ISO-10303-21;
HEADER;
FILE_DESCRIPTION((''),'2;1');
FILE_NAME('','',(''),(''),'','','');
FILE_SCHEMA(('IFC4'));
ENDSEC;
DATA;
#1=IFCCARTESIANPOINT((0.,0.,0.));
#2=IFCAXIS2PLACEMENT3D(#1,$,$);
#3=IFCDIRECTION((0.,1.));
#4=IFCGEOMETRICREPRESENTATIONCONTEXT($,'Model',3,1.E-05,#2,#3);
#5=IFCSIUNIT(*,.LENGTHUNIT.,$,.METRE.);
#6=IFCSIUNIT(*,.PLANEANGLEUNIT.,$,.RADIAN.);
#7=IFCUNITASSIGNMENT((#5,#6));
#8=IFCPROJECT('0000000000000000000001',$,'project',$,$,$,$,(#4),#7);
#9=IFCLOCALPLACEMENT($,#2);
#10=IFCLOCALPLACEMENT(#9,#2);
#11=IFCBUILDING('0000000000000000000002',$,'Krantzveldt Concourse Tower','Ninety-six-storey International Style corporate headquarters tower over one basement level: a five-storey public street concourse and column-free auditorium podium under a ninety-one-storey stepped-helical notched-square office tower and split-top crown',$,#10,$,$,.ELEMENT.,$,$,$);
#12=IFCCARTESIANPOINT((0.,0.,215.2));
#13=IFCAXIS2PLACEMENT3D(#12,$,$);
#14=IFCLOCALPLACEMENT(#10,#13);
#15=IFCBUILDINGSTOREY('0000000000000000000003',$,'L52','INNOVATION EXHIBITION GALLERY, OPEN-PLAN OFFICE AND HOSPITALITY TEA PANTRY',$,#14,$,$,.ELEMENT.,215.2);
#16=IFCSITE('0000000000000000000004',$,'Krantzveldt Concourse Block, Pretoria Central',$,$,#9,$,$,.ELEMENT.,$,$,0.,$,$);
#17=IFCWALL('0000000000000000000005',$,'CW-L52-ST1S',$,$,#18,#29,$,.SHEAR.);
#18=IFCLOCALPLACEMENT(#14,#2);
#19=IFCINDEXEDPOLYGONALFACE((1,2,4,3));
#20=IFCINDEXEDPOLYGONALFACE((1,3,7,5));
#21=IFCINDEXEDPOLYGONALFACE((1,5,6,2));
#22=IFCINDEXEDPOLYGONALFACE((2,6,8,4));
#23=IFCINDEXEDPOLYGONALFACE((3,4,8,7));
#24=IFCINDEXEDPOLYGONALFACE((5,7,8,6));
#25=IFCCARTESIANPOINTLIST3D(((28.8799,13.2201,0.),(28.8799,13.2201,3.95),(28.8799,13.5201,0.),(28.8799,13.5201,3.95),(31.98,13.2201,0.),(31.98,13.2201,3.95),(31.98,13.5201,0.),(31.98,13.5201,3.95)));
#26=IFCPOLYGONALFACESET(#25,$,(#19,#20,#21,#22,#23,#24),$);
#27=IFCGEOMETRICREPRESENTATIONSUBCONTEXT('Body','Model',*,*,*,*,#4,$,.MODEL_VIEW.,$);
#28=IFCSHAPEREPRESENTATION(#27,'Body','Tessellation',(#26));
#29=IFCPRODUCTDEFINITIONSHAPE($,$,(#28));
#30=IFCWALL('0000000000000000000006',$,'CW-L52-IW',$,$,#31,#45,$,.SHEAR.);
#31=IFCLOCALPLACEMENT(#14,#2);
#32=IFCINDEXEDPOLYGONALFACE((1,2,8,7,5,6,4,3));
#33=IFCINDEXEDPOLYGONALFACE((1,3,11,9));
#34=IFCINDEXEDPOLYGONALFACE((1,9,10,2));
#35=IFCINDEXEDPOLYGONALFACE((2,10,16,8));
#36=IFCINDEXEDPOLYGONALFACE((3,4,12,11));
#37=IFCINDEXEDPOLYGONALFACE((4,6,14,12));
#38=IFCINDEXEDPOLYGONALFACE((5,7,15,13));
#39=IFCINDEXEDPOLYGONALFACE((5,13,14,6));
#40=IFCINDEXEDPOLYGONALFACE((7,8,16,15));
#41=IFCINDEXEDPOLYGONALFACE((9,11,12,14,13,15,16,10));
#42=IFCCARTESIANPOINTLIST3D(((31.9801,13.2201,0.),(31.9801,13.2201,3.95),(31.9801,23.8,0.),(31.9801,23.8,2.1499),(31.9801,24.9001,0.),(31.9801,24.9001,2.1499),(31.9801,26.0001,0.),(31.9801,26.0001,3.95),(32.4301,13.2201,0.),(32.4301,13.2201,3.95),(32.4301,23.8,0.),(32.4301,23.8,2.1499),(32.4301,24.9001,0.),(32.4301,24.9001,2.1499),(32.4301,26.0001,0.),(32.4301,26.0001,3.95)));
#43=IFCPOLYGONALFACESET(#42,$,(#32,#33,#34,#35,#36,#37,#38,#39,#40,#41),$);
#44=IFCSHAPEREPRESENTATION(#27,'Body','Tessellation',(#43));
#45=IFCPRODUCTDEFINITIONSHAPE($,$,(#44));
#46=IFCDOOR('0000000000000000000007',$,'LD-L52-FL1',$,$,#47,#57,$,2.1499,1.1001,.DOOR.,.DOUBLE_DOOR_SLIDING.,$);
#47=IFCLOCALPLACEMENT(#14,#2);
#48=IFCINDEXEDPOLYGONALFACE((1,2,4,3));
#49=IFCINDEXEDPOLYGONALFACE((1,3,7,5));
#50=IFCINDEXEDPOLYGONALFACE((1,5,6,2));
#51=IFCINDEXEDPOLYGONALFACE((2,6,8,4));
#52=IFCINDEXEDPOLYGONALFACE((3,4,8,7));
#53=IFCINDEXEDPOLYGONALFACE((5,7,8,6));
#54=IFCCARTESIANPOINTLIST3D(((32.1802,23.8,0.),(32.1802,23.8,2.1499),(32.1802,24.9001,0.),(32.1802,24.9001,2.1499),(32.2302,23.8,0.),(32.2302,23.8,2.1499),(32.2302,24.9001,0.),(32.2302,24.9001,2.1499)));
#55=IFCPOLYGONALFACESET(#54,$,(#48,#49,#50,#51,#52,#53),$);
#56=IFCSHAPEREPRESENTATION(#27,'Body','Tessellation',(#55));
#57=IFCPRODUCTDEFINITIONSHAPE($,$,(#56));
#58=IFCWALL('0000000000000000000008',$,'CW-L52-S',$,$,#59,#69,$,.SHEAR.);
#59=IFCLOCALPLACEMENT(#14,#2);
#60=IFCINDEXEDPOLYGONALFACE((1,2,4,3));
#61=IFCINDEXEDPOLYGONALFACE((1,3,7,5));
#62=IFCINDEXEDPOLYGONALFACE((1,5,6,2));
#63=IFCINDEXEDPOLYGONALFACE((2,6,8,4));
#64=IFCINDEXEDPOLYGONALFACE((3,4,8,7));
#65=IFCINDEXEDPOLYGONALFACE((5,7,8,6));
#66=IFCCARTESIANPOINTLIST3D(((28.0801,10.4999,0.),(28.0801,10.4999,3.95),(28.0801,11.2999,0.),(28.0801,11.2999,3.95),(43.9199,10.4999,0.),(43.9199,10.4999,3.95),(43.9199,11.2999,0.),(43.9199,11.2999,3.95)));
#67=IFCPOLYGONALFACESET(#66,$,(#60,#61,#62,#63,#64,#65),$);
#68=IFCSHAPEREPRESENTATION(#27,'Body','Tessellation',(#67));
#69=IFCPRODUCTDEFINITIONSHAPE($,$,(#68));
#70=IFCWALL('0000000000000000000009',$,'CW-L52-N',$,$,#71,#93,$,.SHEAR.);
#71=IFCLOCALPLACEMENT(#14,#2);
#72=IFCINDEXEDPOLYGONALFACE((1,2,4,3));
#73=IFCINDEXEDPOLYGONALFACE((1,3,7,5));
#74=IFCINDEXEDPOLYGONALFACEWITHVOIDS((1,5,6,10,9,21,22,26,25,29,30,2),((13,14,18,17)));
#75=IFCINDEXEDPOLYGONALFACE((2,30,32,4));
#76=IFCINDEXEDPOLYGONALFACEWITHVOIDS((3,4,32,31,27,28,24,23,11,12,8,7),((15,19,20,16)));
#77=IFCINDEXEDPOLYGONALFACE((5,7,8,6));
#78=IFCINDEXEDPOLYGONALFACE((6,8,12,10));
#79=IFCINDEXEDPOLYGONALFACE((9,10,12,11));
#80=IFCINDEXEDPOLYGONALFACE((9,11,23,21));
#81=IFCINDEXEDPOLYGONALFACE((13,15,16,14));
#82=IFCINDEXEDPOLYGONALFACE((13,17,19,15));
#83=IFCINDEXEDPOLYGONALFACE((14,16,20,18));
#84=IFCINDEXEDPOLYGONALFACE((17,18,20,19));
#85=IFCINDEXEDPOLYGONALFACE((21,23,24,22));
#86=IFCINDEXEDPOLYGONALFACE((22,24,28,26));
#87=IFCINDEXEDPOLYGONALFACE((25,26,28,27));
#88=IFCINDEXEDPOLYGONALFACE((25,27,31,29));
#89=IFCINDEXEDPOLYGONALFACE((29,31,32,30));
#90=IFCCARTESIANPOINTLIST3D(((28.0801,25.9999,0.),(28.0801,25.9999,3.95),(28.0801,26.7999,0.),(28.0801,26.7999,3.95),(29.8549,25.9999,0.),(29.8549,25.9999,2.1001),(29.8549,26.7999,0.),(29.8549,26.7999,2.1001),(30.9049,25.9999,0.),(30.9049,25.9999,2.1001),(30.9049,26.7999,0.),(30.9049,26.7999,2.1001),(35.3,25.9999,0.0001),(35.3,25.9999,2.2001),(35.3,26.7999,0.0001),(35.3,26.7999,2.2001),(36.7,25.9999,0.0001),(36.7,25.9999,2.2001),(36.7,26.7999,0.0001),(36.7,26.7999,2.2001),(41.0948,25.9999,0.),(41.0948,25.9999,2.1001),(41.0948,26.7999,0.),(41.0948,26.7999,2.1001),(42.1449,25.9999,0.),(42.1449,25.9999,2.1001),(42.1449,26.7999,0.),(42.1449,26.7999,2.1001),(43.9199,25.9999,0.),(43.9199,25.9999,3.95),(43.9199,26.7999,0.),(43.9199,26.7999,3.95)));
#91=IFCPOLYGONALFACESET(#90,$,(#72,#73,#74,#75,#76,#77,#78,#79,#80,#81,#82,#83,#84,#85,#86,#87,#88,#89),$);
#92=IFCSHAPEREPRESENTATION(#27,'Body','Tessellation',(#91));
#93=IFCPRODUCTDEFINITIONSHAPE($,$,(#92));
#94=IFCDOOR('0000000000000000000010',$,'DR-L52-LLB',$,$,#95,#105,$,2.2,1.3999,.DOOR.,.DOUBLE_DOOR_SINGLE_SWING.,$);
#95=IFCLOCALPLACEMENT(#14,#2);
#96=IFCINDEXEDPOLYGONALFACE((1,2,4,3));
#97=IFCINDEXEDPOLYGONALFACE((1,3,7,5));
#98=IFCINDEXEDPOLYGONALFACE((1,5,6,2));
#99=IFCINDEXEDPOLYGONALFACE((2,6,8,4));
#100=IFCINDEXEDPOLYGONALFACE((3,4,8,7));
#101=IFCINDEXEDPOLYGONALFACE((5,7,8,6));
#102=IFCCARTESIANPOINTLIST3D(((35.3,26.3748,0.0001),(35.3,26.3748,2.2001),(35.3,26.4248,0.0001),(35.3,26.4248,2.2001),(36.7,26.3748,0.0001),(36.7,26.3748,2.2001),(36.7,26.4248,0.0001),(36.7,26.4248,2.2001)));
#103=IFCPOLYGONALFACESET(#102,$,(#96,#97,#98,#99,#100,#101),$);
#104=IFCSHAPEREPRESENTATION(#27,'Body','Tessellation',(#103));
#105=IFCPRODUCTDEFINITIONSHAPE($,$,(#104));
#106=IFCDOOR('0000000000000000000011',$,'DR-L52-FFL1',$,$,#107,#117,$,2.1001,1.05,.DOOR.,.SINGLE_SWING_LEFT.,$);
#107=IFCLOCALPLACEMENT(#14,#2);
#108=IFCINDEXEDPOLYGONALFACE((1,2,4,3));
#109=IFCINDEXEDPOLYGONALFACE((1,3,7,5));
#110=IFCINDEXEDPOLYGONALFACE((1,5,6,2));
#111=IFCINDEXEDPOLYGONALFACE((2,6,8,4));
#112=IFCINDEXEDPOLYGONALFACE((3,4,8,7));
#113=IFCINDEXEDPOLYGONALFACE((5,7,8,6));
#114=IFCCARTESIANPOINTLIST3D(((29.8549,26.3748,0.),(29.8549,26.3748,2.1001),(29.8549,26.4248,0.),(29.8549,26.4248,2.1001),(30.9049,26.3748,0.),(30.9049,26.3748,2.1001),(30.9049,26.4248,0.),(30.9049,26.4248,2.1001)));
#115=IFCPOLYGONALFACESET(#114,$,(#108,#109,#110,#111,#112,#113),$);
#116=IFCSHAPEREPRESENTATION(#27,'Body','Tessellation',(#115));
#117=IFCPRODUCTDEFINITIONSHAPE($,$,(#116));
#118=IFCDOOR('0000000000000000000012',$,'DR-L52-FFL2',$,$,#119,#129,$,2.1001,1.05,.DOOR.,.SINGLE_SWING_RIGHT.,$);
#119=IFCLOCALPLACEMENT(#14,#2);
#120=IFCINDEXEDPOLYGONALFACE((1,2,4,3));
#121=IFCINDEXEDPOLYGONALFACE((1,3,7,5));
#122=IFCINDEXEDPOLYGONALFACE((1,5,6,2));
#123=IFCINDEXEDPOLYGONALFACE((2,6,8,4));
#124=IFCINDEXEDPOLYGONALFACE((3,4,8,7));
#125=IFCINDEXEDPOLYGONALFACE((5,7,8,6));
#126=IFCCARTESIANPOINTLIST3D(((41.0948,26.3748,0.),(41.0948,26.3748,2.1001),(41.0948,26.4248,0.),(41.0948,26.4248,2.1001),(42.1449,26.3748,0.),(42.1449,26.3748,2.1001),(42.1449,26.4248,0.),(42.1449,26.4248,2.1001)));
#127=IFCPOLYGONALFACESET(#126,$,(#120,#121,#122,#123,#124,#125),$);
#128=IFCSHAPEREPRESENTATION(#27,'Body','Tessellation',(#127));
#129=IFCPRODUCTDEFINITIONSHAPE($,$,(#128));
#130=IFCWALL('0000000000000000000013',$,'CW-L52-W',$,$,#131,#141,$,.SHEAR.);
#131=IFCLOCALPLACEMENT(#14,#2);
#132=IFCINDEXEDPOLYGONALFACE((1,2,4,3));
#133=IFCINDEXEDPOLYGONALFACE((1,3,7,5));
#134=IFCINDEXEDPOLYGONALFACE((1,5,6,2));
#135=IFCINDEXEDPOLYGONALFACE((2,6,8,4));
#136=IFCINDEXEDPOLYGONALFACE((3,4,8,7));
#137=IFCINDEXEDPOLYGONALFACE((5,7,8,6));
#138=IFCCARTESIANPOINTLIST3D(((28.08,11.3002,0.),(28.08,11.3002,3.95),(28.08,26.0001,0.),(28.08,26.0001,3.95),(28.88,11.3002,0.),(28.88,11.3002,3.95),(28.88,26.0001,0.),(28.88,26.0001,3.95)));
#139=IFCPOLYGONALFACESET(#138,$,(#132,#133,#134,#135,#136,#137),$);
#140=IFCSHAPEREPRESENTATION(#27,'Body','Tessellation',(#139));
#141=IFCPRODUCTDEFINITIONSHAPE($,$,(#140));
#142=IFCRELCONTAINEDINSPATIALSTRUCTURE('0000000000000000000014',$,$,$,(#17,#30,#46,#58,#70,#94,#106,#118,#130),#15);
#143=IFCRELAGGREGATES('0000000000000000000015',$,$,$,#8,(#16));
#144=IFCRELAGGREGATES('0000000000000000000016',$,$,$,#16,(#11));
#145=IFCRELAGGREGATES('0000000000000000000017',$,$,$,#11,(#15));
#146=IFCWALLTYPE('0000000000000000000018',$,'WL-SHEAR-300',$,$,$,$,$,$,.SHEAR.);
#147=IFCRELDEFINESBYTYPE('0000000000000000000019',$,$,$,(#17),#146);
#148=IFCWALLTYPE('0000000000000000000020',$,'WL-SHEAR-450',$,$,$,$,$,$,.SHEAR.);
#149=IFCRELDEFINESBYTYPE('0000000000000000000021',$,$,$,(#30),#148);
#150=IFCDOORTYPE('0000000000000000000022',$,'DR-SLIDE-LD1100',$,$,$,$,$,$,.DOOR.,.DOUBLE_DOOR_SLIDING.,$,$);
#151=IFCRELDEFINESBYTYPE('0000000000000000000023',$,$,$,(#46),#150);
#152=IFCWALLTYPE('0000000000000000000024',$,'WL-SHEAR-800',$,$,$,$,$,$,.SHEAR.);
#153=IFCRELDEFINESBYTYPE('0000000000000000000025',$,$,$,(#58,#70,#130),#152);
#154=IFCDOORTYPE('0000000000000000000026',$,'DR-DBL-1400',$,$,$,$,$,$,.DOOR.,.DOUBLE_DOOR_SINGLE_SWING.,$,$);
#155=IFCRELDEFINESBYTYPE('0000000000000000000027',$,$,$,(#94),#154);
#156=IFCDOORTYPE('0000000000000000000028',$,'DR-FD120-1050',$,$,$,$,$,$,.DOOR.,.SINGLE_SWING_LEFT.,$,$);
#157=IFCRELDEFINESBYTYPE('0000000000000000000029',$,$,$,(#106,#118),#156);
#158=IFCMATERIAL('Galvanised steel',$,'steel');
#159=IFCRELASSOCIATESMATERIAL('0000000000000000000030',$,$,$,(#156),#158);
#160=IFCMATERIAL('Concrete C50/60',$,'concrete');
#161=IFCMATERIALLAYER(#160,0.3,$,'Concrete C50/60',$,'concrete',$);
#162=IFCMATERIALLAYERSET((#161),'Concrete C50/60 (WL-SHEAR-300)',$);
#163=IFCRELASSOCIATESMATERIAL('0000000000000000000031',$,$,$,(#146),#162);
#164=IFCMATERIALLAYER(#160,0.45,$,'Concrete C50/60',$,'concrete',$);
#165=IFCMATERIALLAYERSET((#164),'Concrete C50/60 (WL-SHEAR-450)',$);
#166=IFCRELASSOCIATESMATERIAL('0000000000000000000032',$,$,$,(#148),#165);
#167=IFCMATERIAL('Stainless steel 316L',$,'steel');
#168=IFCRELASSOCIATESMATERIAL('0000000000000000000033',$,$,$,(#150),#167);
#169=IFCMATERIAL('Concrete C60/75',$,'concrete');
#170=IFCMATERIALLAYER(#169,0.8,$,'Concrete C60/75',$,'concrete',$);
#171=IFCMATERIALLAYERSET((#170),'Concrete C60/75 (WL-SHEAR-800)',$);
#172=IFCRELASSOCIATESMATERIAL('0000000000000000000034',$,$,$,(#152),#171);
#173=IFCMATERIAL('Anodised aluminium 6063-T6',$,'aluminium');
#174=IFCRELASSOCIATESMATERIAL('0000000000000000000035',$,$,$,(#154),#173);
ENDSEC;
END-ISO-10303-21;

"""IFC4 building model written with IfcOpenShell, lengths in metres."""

from ifc_helpers import new_model, si_unit, direction, frame, frame_2d, origin, place, context, subcontext, project, spatial, rectangle, extrude, material, layer, layer_set, type_object, element, fill, save


model = new_model("IFC4")

# Units and contexts
model_context = context("Model", 3, precision=1e-05, world=origin(), true_north=direction((0.0, 1.0)))
body_context = subcontext(model_context, "Body", "Model", "MODEL_VIEW")
ifc_project = project(units=[si_unit("LENGTHUNIT", "METRE"), si_unit("PLANEANGLEUNIT", "RADIAN")], contexts=[model_context])

# Site, building, storey
site_placement = place(None, origin())
site = spatial("IfcSite", under=ifc_project, at=site_placement, Name="Krantzveldt Concourse Block, Pretoria Central", CompositionType="ELEMENT", RefElevation=0.0)
building_placement = place(site_placement, origin())
building = spatial("IfcBuilding", under=site, at=building_placement, Name="Krantzveldt Concourse Tower", Description="Ninety-six-storey International Style corporate headquarters tower over one basement level: a five-storey public street concourse and column-free auditorium podium under a ninety-one-storey stepped-helical notched-square office tower and split-top crown", CompositionType="ELEMENT")
storey_placement = place(building_placement, frame((0.0, 0.0, 215.2)))
storey = spatial("IfcBuildingStorey", under=building, at=storey_placement, Name="L52", Description="INNOVATION EXHIBITION GALLERY, OPEN-PLAN OFFICE AND HOSPITALITY TEA PANTRY", CompositionType="ELEMENT", Elevation=215.2)

# Shared definitions
ifc_material_1 = material(Name="Concrete C50/60", Category="concrete")

# Shared definitions
ifc_material_2 = material(Name="Anodised aluminium 6063-T6", Category="aluminium")

# Shared definitions
ifc_material_3 = material(Name="Galvanised steel", Category="steel")
door_type_1 = type_object("IfcDoorType", Name="DR-FD120-1050", OperationType="SINGLE_SWING_LEFT", PredefinedType="DOOR", material=ifc_material_3)

# Wall
ifc_layer_1 = layer(ifc_material_1, 0.3, Name="Concrete C50/60", Category="concrete")
ifc_layer_set_1 = layer_set([ifc_layer_1], Name="Concrete C50/60 (WL-SHEAR-300)")
wall_type_1 = type_object("IfcWallType", Name="WL-SHEAR-300", PredefinedType="SHEAR", material=ifc_layer_set_1)
wall_1_placement = place(storey_placement, frame((28.8799, 13.3701, 0.0), z_axis=(0.0, 0.0, 1.0), x_axis=(1.0, 0.0, 0.0)))
element("IfcWall", 1, at=wall_1_placement, inside=storey, type_object=wall_type_1, Name="CW-L52-ST1S", PredefinedType="SHEAR", context=body_context, shape_type="SweptSolid", body=[
    extrude(rectangle(XDim=3.1001, YDim=0.3, at=frame_2d((1.55, 0.0))), origin(), (0.0, 0.0, 1.0), 3.95),
])

# Wall, opening, door
ifc_layer_2 = layer(ifc_material_1, 0.45, Name="Concrete C50/60", Category="concrete")
ifc_layer_set_2 = layer_set([ifc_layer_2], Name="Concrete C50/60 (WL-SHEAR-450)")
wall_type_2 = type_object("IfcWallType", Name="WL-SHEAR-450", PredefinedType="SHEAR", material=ifc_layer_set_2)
wall_2_placement = place(storey_placement, frame((32.2051, 13.22, 0.0), z_axis=(0.0, 0.0, 1.0), x_axis=(0.0, 1.0, 0.0)))
wall_2 = element("IfcWall", 2, at=wall_2_placement, inside=storey, type_object=wall_type_2, Name="CW-L52-IW", PredefinedType="SHEAR", context=body_context, shape_type="SweptSolid", body=[
    extrude(rectangle(XDim=12.78, YDim=0.45, at=frame_2d((6.3901, 0.0))), origin(), (0.0, 0.0, 1.0), 3.95),
])
opening_1_placement = place(wall_2_placement, frame((10.5801, 0.0, 0.0)))
opening_1 = element("IfcOpeningElement", 3, at=opening_1_placement, cuts=wall_2, PredefinedType="OPENING", context=body_context, shape_type="SweptSolid", body=[
    extrude(rectangle(XDim=1.1001, YDim=2.1499, at=frame_2d((0.55, 1.075))), frame((0.0, 0.2349, 0.0), z_axis=(0.0, -1.0, 0.0), x_axis=(1.0, 0.0, 0.0)), (0.0, 0.0, 1.0), 0.47),
])
ifc_material_4 = material(Name="Stainless steel 316L", Category="steel")
door_type_2 = type_object("IfcDoorType", Name="DR-SLIDE-LD1100", OperationType="DOUBLE_DOOR_SLIDING", PredefinedType="DOOR", material=ifc_material_4)
door_1_placement = place(opening_1_placement, origin())
door_1 = element("IfcDoor", 4, at=door_1_placement, inside=storey, type_object=door_type_2, Name="LD-L52-FL1", OperationType="DOUBLE_DOOR_SLIDING", OverallHeight=2.1499, OverallWidth=1.1001, PredefinedType="DOOR", context=body_context, shape_type="SweptSolid", body=[
    extrude(rectangle(XDim=1.1001, YDim=2.1499, at=frame_2d((0.55, 1.075))), frame((0.0, 0.0249, 0.0), z_axis=(0.0, -1.0, 0.0), x_axis=(1.0, 0.0, 0.0)), (0.0, 0.0, 1.0), 0.05),
])
fill(opening_1, door_1)

# Wall
ifc_material_5 = material(Name="Concrete C60/75", Category="concrete")
ifc_layer_3 = layer(ifc_material_5, 0.8, Name="Concrete C60/75", Category="concrete")
ifc_layer_set_3 = layer_set([ifc_layer_3], Name="Concrete C60/75 (WL-SHEAR-800)")
wall_type_3 = type_object("IfcWallType", Name="WL-SHEAR-800", PredefinedType="SHEAR", material=ifc_layer_set_3)
wall_3_placement = place(storey_placement, frame((28.0801, 10.8999, 0.0), z_axis=(0.0, 0.0, 1.0), x_axis=(1.0, 0.0, 0.0)))
element("IfcWall", 5, at=wall_3_placement, inside=storey, type_object=wall_type_3, Name="CW-L52-S", PredefinedType="SHEAR", context=body_context, shape_type="SweptSolid", body=[
    extrude(rectangle(XDim=15.8398, YDim=0.8, at=frame_2d((7.9199, 0.0))), origin(), (0.0, 0.0, 1.0), 3.95),
])

# Wall, openings, doors
wall_4_placement = place(storey_placement, frame((28.0801, 26.3999, 0.0), z_axis=(0.0, 0.0, 1.0), x_axis=(1.0, 0.0, 0.0)))
wall_4 = element("IfcWall", 6, at=wall_4_placement, inside=storey, type_object=wall_type_3, Name="CW-L52-N", PredefinedType="SHEAR", context=body_context, shape_type="SweptSolid", body=[
    extrude(rectangle(XDim=15.8398, YDim=0.8, at=frame_2d((7.9199, 0.0))), origin(), (0.0, 0.0, 1.0), 3.95),
])
opening_2_placement = place(wall_4_placement, frame((7.22, 0.0, 0.0)))
opening_2 = element("IfcOpeningElement", 7, at=opening_2_placement, cuts=wall_4, PredefinedType="OPENING", context=body_context, shape_type="SweptSolid", body=[
    extrude(rectangle(XDim=1.3999, YDim=2.2, at=frame_2d((0.7, 1.1001))), frame((0.0, 0.4102, 0.0), z_axis=(0.0, -1.0, 0.0), x_axis=(1.0, 0.0, 0.0)), (0.0, 0.0, 1.0), 0.8201),
])
opening_3_placement = place(wall_4_placement, frame((1.7749, 0.0, 0.0)))
opening_3 = element("IfcOpeningElement", 8, at=opening_3_placement, cuts=wall_4, PredefinedType="OPENING", context=body_context, shape_type="SweptSolid", body=[
    extrude(rectangle(XDim=1.05, YDim=2.1001, at=frame_2d((0.5249, 1.05))), frame((0.0, 0.4102, 0.0), z_axis=(0.0, -1.0, 0.0), x_axis=(1.0, 0.0, 0.0)), (0.0, 0.0, 1.0), 0.8201),
])
opening_4_placement = place(wall_4_placement, frame((13.0149, 0.0, 0.0)))
opening_4 = element("IfcOpeningElement", 9, at=opening_4_placement, cuts=wall_4, PredefinedType="OPENING", context=body_context, shape_type="SweptSolid", body=[
    extrude(rectangle(XDim=1.05, YDim=2.1001, at=frame_2d((0.5249, 1.05))), frame((0.0, 0.4102, 0.0), z_axis=(0.0, -1.0, 0.0), x_axis=(1.0, 0.0, 0.0)), (0.0, 0.0, 1.0), 0.8201),
])
door_type_3 = type_object("IfcDoorType", Name="DR-DBL-1400", OperationType="DOUBLE_DOOR_SINGLE_SWING", PredefinedType="DOOR", material=ifc_material_2)
door_2_placement = place(opening_2_placement, origin())
door_2 = element("IfcDoor", 10, at=door_2_placement, inside=storey, type_object=door_type_3, Name="DR-L52-LLB", OperationType="DOUBLE_DOOR_SINGLE_SWING", OverallHeight=2.2, OverallWidth=1.3999, PredefinedType="DOOR", context=body_context, shape_type="SweptSolid", body=[
    extrude(rectangle(XDim=1.3999, YDim=2.2, at=frame_2d((0.7, 1.1001))), frame((0.0, 0.0249, 0.0), z_axis=(0.0, -1.0, 0.0), x_axis=(1.0, 0.0, 0.0)), (0.0, 0.0, 1.0), 0.05),
])
fill(opening_2, door_2)
door_3_placement = place(opening_3_placement, origin())
door_3 = element("IfcDoor", 11, at=door_3_placement, inside=storey, type_object=door_type_1, Name="DR-L52-FFL1", OperationType="SINGLE_SWING_LEFT", OverallHeight=2.1001, OverallWidth=1.05, PredefinedType="DOOR", context=body_context, shape_type="SweptSolid", body=[
    extrude(rectangle(XDim=1.05, YDim=2.1001, at=frame_2d((0.5249, 1.05))), frame((0.0, 0.0249, 0.0), z_axis=(0.0, -1.0, 0.0), x_axis=(1.0, 0.0, 0.0)), (0.0, 0.0, 1.0), 0.05),
])
fill(opening_3, door_3)
door_4_placement = place(opening_4_placement, origin())
door_4 = element("IfcDoor", 12, at=door_4_placement, inside=storey, type_object=door_type_1, Name="DR-L52-FFL2", OperationType="SINGLE_SWING_RIGHT", OverallHeight=2.1001, OverallWidth=1.05, PredefinedType="DOOR", context=body_context, shape_type="SweptSolid", body=[
    extrude(rectangle(XDim=1.05, YDim=2.1001, at=frame_2d((0.5249, 1.05))), frame((0.0, 0.0249, 0.0), z_axis=(0.0, -1.0, 0.0), x_axis=(1.0, 0.0, 0.0)), (0.0, 0.0, 1.0), 0.05),
])
fill(opening_4, door_4)

# Wall
wall_5_placement = place(storey_placement, frame((28.48, 11.3, 0.0), z_axis=(0.0, 0.0, 1.0), x_axis=(0.0, 1.0, 0.0)))
element("IfcWall", 13, at=wall_5_placement, inside=storey, type_object=wall_type_3, Name="CW-L52-W", PredefinedType="SHEAR", context=body_context, shape_type="SweptSolid", body=[
    extrude(rectangle(XDim=14.7, YDim=0.8, at=frame_2d((7.3501, 0.0))), origin(), (0.0, 0.0, 1.0), 3.95),
])

save(model, "model.ifc")
